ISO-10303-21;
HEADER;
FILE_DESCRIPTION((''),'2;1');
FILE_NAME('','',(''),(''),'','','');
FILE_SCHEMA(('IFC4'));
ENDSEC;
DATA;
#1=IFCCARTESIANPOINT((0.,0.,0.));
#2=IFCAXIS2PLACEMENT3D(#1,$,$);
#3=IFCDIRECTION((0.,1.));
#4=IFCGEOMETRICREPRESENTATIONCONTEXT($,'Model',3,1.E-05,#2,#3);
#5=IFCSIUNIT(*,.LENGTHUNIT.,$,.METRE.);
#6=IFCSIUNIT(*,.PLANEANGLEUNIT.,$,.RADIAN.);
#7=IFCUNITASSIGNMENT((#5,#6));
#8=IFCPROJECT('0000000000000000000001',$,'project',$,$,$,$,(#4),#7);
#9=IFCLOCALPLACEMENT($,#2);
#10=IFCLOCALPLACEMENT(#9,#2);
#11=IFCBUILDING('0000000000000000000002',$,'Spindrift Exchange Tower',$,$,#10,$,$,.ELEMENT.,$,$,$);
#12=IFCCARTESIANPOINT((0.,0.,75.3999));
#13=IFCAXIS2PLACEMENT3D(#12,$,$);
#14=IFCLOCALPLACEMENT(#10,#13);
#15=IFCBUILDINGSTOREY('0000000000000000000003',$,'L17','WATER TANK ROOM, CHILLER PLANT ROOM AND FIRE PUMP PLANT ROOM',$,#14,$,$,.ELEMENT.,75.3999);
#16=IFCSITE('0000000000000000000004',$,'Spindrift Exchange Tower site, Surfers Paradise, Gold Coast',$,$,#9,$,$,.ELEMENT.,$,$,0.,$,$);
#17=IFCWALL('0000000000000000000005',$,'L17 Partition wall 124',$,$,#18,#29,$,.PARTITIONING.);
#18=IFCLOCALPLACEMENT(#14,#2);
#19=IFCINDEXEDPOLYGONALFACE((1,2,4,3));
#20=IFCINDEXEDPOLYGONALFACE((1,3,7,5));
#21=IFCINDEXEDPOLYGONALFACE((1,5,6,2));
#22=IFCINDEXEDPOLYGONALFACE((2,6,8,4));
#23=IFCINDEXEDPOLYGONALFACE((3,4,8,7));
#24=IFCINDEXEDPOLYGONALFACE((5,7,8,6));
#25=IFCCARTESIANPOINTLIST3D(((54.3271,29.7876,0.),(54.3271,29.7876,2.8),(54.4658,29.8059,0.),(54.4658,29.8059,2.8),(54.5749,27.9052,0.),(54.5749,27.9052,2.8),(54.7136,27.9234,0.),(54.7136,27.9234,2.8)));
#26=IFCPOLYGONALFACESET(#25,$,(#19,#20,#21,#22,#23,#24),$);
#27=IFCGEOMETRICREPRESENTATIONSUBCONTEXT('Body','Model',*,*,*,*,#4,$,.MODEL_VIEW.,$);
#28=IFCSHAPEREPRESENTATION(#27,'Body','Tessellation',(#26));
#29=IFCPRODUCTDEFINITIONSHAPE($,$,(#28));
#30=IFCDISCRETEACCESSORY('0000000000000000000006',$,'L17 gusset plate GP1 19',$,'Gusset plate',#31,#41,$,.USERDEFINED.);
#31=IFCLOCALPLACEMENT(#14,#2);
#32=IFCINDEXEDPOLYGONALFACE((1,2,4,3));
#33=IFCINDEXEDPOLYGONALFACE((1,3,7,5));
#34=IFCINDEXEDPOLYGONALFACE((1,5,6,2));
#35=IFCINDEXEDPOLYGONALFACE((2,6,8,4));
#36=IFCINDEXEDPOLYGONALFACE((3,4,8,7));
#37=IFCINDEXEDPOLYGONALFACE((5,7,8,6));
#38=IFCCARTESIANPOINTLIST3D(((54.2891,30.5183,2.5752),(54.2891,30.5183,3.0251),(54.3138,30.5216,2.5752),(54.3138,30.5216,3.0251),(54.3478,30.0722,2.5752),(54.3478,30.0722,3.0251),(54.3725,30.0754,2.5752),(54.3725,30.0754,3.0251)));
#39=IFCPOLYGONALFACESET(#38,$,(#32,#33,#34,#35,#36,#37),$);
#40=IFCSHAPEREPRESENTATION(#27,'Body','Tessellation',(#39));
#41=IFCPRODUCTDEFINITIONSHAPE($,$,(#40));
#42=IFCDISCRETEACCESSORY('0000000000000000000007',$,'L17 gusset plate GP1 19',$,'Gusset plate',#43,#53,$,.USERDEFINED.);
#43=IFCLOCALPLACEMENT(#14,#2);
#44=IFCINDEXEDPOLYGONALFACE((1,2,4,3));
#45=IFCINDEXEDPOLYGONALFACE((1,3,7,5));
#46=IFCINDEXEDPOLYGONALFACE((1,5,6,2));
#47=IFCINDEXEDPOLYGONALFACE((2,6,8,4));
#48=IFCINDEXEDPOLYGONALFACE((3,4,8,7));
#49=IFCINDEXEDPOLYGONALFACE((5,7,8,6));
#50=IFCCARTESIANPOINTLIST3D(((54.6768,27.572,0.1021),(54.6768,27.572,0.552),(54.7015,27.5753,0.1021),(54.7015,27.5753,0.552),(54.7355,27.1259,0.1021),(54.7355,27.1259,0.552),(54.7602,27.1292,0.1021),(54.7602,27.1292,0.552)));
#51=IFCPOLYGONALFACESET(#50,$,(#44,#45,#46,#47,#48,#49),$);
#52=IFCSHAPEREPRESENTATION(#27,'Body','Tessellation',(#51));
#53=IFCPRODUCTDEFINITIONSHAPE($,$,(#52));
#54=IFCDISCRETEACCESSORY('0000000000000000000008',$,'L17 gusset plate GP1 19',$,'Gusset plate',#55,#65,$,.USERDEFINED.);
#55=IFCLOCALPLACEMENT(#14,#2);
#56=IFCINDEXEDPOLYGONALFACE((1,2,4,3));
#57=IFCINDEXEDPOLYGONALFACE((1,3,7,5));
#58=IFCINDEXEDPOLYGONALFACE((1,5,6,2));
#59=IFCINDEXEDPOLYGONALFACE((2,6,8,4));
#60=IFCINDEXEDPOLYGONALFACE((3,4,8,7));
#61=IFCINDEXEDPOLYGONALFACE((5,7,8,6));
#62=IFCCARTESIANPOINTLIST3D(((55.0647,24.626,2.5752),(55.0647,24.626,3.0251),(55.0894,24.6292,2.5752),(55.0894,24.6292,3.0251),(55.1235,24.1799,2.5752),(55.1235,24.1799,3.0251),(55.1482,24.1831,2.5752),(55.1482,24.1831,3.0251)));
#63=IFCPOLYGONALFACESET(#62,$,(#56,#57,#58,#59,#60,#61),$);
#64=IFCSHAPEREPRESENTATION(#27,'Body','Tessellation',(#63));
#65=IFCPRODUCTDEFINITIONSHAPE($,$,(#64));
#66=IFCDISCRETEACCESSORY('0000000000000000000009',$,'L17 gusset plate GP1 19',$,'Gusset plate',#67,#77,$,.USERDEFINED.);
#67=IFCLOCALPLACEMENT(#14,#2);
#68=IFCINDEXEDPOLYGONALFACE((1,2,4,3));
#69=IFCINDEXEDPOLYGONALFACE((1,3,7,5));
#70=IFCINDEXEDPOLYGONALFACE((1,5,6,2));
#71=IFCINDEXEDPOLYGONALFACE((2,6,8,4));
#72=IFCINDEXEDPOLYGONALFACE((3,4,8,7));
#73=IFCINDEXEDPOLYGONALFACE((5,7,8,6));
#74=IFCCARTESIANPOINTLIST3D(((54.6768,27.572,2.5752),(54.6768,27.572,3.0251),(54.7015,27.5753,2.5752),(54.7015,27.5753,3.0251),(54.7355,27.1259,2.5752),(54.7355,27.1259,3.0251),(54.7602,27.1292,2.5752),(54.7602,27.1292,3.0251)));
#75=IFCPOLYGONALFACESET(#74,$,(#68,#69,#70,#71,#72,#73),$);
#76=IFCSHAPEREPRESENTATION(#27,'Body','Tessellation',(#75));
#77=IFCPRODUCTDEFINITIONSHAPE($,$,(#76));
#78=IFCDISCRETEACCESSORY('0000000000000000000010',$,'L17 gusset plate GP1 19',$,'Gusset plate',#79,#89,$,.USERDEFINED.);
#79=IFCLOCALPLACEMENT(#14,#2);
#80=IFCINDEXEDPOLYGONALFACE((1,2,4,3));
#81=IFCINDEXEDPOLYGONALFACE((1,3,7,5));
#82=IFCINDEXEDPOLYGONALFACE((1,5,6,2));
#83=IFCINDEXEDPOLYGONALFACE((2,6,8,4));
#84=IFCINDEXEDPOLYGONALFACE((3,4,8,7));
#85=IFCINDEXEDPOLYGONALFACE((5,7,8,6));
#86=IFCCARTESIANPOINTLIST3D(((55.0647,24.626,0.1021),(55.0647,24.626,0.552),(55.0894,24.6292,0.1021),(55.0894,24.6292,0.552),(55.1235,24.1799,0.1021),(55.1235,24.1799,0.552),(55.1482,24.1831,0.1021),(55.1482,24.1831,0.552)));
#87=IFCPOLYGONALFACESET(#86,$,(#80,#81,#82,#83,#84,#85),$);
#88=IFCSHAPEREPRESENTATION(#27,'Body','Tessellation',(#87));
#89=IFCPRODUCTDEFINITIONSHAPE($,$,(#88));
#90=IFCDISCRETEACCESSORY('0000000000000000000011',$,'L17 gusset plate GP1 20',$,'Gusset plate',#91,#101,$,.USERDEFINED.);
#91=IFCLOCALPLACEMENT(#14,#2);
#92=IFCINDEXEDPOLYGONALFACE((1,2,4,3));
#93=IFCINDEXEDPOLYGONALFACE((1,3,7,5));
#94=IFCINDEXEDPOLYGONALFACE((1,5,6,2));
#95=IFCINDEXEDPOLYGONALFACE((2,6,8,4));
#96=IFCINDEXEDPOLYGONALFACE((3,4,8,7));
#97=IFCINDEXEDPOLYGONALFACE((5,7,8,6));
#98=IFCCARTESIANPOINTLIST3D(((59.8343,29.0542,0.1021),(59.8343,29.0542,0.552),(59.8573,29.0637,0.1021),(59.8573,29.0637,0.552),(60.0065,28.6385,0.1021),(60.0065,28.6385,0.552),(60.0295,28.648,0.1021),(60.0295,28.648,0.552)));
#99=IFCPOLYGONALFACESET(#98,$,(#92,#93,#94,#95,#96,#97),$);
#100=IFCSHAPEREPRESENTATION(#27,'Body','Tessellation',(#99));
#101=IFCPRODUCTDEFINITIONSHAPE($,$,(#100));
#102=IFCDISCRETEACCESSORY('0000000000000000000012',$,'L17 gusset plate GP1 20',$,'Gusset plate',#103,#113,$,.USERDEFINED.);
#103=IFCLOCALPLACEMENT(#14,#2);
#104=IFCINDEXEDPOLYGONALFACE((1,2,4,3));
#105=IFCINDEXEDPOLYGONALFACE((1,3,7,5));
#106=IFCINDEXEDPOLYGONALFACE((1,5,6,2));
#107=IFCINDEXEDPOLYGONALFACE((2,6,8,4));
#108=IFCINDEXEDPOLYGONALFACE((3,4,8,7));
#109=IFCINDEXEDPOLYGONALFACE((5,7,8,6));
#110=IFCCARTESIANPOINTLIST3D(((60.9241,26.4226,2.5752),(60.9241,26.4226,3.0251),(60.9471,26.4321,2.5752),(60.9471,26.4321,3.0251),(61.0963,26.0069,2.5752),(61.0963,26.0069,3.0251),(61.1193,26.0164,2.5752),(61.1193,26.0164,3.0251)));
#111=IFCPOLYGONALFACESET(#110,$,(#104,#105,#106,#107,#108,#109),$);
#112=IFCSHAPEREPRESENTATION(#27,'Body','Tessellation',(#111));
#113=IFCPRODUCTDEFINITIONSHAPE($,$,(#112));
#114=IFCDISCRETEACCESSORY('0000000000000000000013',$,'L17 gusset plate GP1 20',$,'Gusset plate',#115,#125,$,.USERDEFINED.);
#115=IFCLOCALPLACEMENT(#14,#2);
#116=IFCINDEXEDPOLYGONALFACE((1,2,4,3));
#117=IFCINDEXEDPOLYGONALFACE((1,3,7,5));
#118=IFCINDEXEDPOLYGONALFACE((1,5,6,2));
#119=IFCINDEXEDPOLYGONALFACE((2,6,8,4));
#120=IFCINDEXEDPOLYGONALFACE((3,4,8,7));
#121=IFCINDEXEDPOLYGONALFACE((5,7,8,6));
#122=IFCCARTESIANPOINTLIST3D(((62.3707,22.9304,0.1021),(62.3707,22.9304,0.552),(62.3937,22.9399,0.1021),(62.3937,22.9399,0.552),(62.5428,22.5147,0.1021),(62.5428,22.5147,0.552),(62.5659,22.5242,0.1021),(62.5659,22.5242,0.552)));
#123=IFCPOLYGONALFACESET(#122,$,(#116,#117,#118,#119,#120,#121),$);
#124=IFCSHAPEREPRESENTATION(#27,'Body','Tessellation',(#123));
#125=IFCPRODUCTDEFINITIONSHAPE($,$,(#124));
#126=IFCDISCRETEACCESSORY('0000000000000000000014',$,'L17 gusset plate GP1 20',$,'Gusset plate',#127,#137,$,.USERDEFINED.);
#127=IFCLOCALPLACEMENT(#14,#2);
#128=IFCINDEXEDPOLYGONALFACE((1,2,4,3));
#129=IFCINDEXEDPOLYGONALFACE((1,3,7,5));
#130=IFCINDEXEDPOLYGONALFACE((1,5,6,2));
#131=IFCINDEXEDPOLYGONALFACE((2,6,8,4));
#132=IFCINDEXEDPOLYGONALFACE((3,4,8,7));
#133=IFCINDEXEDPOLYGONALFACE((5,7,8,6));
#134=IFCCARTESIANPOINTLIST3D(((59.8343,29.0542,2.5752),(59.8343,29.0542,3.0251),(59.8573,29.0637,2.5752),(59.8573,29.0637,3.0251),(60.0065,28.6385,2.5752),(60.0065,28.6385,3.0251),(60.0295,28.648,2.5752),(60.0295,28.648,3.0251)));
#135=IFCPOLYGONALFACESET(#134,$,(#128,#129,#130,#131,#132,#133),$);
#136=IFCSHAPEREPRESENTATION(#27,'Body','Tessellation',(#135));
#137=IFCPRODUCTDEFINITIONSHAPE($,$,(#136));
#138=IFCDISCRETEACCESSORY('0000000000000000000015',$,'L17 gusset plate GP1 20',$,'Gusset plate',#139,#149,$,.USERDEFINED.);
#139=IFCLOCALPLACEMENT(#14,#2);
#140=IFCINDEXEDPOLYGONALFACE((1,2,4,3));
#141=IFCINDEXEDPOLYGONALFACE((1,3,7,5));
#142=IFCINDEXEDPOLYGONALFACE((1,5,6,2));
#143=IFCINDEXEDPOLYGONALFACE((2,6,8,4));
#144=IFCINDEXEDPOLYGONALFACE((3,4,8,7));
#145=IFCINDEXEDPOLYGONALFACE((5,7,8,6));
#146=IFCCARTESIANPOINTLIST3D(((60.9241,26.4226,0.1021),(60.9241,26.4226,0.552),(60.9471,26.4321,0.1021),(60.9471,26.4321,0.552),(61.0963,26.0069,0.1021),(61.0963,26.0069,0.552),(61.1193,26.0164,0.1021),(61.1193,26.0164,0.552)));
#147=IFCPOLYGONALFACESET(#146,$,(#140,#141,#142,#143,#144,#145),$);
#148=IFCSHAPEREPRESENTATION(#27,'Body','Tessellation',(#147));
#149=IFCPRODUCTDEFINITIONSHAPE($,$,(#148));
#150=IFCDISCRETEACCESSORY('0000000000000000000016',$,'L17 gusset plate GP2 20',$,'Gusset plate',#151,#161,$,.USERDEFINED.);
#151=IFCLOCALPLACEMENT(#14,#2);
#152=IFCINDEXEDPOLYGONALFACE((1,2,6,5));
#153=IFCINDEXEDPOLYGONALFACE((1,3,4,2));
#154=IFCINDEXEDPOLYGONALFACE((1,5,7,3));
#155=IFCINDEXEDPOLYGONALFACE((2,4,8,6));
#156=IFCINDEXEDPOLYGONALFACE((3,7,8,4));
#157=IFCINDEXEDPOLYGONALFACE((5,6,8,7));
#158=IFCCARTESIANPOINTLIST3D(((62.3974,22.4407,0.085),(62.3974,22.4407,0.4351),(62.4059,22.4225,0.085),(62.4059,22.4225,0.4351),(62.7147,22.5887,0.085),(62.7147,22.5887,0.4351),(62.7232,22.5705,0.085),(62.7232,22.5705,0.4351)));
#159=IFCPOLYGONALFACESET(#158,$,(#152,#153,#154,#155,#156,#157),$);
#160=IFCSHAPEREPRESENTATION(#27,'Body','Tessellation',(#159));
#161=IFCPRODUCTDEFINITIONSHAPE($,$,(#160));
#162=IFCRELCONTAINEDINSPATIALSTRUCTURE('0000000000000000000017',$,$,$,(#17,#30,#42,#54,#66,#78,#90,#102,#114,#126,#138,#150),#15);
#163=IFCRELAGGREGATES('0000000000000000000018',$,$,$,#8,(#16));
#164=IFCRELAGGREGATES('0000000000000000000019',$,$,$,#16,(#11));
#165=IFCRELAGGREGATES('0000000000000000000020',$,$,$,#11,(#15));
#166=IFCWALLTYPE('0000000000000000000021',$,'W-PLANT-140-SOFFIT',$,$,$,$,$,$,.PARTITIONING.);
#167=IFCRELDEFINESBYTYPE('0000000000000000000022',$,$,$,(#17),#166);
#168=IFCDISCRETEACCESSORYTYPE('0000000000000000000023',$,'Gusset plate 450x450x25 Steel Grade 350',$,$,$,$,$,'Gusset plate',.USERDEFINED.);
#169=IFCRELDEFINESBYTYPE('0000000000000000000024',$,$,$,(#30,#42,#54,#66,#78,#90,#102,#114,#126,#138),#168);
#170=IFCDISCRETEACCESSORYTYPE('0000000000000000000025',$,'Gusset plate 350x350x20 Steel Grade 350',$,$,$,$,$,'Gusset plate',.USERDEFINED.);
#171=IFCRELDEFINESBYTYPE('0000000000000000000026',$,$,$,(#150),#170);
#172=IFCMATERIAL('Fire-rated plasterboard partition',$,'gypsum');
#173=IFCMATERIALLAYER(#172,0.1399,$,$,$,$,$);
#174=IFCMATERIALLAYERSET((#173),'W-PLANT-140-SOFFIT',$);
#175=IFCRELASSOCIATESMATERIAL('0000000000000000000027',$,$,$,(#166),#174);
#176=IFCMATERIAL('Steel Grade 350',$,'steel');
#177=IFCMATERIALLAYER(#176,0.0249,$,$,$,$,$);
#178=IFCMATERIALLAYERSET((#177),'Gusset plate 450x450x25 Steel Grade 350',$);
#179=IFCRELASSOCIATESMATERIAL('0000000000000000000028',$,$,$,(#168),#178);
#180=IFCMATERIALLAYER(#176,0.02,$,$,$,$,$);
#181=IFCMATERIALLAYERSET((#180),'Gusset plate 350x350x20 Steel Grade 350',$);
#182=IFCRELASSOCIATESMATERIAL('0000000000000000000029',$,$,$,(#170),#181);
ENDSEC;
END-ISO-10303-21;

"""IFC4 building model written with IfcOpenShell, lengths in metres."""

from ifc_helpers import new_model, si_unit, direction, frame, frame_2d, origin, origin_2d, place, context, subcontext, project, spatial, rectangle, extrude, source, transform, mapped, material, layer, layer_set, type_object, element, save


model = new_model("IFC4")

# Units and contexts
model_context = context("Model", 3, precision=1e-05, world=origin(), true_north=direction((0.0, 1.0)))
body_context = subcontext(model_context, "Body", "Model", "MODEL_VIEW")
ifc_project = project(units=[si_unit("LENGTHUNIT", "METRE"), si_unit("PLANEANGLEUNIT", "RADIAN")], contexts=[model_context])

# Site, building, storey
site_placement = place(None, origin())
site = spatial("IfcSite", under=ifc_project, at=site_placement, Name="Spindrift Exchange Tower site, Surfers Paradise, Gold Coast", CompositionType="ELEMENT", RefElevation=0.0)
building_placement = place(site_placement, origin())
building = spatial("IfcBuilding", under=site, at=building_placement, Name="Spindrift Exchange Tower", CompositionType="ELEMENT")
storey_placement = place(building_placement, frame((0.0, 0.0, 75.3999)))
storey = spatial("IfcBuildingStorey", under=building, at=storey_placement, Name="L17", Description="WATER TANK ROOM, CHILLER PLANT ROOM AND FIRE PUMP PLANT ROOM", CompositionType="ELEMENT", Elevation=75.3999)

# Wall
ifc_material_1 = material(Name="Fire-rated plasterboard partition", Category="gypsum")
ifc_layer_1 = layer(ifc_material_1, 0.1399)
ifc_layer_set_1 = layer_set([ifc_layer_1], Name="W-PLANT-140-SOFFIT")
wall_type = type_object("IfcWallType", Name="W-PLANT-140-SOFFIT", PredefinedType="PARTITIONING", material=ifc_layer_set_1)
wall_1_placement = place(storey_placement, frame((54.3965, 29.7966, 0.0), z_axis=(0.0, 0.0, 1.0), x_axis=(0.130521, -0.991446, 0.0)))
element("IfcWall", 1, at=wall_1_placement, inside=storey, type_object=wall_type, Name="L17 Partition wall 124", PredefinedType="PARTITIONING", context=body_context, shape_type="SweptSolid", body=[
    extrude(rectangle(XDim=1.8987, YDim=0.1399, at=frame_2d((0.9492, 0.0))), origin(), (0.0, 0.0, 1.0), 2.8),
])

# Discrete accessories
ifc_material_2 = material(Name="Steel Grade 350", Category="steel")
ifc_layer_2 = layer(ifc_material_2, 0.0249)
ifc_layer_set_2 = layer_set([ifc_layer_2], Name="Gusset plate 450x450x25 Steel Grade 350")
discrete_accessory_type_1 = type_object("IfcDiscreteAccessoryType", Name="Gusset plate 450x450x25 Steel Grade 350", ElementType="Gusset plate", PredefinedType="USERDEFINED", material=ifc_layer_set_2)
shared_shape_1 = source(origin(), body_context, "Body", "SweptSolid", [
    extrude(rectangle(XDim=0.45, YDim=0.0249, at=origin_2d()), origin(), (0.0, 0.0, 1.0), 0.45),
])
for number, where, z_axis, x_axis, name in (
    (2, (54.3308, 30.2969, 2.5752), (0.0, 0.0, 1.0), (0.130505, -0.991448, 0.0), "L17 gusset plate GP1 19"),
    (3, (54.7185, 27.3506, 0.1021), (0.0, 0.0, 1.0), (0.130505, -0.991448, 0.0), "L17 gusset plate GP1 19"),
    (4, (55.1064, 24.4045, 2.5752), (0.0, 0.0, 1.0), (0.130538, -0.991443, 0.0), "L17 gusset plate GP1 19"),
    (5, (54.7185, 27.3506, 2.5752), (0.0, 0.0, 1.0), (0.130526, -0.991445, 0.0), "L17 gusset plate GP1 19"),
    (6, (55.1064, 24.4045, 0.1021), (0.0, 0.0, 1.0), (0.130526, -0.991445, 0.0), "L17 gusset plate GP1 19"),
    (7, (59.9319, 28.8511, 0.1021), (0.0, 0.0, 1.0), (0.382682, -0.92388, 0.0), "L17 gusset plate GP1 20"),
    (8, (61.0217, 26.2195, 2.5752), (0.0, 0.0, 1.0), (0.382682, -0.92388, 0.0), "L17 gusset plate GP1 20"),
    (9, (62.4683, 22.7273, 0.1021), (0.0, 0.0, 1.0), (0.382671, -0.923885, 0.0), "L17 gusset plate GP1 20"),
    (10, (59.9319, 28.8511, 2.5752), (0.0, 0.0, 1.0), (0.382683, -0.92388, 0.0), "L17 gusset plate GP1 20"),
    (11, (61.0217, 26.2195, 0.1021), (0.0, 0.0, 1.0), (0.382683, -0.92388, 0.0), "L17 gusset plate GP1 20"),
):
    element("IfcDiscreteAccessory", number, at=place(storey_placement, frame(where, z_axis=z_axis, x_axis=x_axis)), inside=storey, type_object=discrete_accessory_type_1, Name=name, ObjectType="Gusset plate", PredefinedType="USERDEFINED", context=body_context, shape_type="MappedRepresentation", body=[
        mapped(shared_shape_1, transform((0.0, 0.0, 0.0), scale=1.0)),
    ])
ifc_layer_3 = layer(ifc_material_2, 0.02)
ifc_layer_set_3 = layer_set([ifc_layer_3], Name="Gusset plate 350x350x20 Steel Grade 350")
discrete_accessory_type_2 = type_object("IfcDiscreteAccessoryType", Name="Gusset plate 350x350x20 Steel Grade 350", ElementType="Gusset plate", PredefinedType="USERDEFINED", material=ifc_layer_set_3)
shared_shape_2 = source(origin(), body_context, "Body", "SweptSolid", [
    extrude(rectangle(XDim=0.3501, YDim=0.02, at=origin_2d()), origin(), (0.0, 0.0, 1.0), 0.3501),
])
discrete_accessory_placement = place(storey_placement, frame((62.5603, 22.5056, 0.085), z_axis=(0.0, 0.0, 1.0), x_axis=(0.906242, 0.422759, 0.0)))
element("IfcDiscreteAccessory", 12, at=discrete_accessory_placement, inside=storey, type_object=discrete_accessory_type_2, Name="L17 gusset plate GP2 20", ObjectType="Gusset plate", PredefinedType="USERDEFINED", context=body_context, shape_type="MappedRepresentation", body=[
    mapped(shared_shape_2, transform((0.0, 0.0, 0.0), scale=1.0)),
])

save(model, "model.ifc")
